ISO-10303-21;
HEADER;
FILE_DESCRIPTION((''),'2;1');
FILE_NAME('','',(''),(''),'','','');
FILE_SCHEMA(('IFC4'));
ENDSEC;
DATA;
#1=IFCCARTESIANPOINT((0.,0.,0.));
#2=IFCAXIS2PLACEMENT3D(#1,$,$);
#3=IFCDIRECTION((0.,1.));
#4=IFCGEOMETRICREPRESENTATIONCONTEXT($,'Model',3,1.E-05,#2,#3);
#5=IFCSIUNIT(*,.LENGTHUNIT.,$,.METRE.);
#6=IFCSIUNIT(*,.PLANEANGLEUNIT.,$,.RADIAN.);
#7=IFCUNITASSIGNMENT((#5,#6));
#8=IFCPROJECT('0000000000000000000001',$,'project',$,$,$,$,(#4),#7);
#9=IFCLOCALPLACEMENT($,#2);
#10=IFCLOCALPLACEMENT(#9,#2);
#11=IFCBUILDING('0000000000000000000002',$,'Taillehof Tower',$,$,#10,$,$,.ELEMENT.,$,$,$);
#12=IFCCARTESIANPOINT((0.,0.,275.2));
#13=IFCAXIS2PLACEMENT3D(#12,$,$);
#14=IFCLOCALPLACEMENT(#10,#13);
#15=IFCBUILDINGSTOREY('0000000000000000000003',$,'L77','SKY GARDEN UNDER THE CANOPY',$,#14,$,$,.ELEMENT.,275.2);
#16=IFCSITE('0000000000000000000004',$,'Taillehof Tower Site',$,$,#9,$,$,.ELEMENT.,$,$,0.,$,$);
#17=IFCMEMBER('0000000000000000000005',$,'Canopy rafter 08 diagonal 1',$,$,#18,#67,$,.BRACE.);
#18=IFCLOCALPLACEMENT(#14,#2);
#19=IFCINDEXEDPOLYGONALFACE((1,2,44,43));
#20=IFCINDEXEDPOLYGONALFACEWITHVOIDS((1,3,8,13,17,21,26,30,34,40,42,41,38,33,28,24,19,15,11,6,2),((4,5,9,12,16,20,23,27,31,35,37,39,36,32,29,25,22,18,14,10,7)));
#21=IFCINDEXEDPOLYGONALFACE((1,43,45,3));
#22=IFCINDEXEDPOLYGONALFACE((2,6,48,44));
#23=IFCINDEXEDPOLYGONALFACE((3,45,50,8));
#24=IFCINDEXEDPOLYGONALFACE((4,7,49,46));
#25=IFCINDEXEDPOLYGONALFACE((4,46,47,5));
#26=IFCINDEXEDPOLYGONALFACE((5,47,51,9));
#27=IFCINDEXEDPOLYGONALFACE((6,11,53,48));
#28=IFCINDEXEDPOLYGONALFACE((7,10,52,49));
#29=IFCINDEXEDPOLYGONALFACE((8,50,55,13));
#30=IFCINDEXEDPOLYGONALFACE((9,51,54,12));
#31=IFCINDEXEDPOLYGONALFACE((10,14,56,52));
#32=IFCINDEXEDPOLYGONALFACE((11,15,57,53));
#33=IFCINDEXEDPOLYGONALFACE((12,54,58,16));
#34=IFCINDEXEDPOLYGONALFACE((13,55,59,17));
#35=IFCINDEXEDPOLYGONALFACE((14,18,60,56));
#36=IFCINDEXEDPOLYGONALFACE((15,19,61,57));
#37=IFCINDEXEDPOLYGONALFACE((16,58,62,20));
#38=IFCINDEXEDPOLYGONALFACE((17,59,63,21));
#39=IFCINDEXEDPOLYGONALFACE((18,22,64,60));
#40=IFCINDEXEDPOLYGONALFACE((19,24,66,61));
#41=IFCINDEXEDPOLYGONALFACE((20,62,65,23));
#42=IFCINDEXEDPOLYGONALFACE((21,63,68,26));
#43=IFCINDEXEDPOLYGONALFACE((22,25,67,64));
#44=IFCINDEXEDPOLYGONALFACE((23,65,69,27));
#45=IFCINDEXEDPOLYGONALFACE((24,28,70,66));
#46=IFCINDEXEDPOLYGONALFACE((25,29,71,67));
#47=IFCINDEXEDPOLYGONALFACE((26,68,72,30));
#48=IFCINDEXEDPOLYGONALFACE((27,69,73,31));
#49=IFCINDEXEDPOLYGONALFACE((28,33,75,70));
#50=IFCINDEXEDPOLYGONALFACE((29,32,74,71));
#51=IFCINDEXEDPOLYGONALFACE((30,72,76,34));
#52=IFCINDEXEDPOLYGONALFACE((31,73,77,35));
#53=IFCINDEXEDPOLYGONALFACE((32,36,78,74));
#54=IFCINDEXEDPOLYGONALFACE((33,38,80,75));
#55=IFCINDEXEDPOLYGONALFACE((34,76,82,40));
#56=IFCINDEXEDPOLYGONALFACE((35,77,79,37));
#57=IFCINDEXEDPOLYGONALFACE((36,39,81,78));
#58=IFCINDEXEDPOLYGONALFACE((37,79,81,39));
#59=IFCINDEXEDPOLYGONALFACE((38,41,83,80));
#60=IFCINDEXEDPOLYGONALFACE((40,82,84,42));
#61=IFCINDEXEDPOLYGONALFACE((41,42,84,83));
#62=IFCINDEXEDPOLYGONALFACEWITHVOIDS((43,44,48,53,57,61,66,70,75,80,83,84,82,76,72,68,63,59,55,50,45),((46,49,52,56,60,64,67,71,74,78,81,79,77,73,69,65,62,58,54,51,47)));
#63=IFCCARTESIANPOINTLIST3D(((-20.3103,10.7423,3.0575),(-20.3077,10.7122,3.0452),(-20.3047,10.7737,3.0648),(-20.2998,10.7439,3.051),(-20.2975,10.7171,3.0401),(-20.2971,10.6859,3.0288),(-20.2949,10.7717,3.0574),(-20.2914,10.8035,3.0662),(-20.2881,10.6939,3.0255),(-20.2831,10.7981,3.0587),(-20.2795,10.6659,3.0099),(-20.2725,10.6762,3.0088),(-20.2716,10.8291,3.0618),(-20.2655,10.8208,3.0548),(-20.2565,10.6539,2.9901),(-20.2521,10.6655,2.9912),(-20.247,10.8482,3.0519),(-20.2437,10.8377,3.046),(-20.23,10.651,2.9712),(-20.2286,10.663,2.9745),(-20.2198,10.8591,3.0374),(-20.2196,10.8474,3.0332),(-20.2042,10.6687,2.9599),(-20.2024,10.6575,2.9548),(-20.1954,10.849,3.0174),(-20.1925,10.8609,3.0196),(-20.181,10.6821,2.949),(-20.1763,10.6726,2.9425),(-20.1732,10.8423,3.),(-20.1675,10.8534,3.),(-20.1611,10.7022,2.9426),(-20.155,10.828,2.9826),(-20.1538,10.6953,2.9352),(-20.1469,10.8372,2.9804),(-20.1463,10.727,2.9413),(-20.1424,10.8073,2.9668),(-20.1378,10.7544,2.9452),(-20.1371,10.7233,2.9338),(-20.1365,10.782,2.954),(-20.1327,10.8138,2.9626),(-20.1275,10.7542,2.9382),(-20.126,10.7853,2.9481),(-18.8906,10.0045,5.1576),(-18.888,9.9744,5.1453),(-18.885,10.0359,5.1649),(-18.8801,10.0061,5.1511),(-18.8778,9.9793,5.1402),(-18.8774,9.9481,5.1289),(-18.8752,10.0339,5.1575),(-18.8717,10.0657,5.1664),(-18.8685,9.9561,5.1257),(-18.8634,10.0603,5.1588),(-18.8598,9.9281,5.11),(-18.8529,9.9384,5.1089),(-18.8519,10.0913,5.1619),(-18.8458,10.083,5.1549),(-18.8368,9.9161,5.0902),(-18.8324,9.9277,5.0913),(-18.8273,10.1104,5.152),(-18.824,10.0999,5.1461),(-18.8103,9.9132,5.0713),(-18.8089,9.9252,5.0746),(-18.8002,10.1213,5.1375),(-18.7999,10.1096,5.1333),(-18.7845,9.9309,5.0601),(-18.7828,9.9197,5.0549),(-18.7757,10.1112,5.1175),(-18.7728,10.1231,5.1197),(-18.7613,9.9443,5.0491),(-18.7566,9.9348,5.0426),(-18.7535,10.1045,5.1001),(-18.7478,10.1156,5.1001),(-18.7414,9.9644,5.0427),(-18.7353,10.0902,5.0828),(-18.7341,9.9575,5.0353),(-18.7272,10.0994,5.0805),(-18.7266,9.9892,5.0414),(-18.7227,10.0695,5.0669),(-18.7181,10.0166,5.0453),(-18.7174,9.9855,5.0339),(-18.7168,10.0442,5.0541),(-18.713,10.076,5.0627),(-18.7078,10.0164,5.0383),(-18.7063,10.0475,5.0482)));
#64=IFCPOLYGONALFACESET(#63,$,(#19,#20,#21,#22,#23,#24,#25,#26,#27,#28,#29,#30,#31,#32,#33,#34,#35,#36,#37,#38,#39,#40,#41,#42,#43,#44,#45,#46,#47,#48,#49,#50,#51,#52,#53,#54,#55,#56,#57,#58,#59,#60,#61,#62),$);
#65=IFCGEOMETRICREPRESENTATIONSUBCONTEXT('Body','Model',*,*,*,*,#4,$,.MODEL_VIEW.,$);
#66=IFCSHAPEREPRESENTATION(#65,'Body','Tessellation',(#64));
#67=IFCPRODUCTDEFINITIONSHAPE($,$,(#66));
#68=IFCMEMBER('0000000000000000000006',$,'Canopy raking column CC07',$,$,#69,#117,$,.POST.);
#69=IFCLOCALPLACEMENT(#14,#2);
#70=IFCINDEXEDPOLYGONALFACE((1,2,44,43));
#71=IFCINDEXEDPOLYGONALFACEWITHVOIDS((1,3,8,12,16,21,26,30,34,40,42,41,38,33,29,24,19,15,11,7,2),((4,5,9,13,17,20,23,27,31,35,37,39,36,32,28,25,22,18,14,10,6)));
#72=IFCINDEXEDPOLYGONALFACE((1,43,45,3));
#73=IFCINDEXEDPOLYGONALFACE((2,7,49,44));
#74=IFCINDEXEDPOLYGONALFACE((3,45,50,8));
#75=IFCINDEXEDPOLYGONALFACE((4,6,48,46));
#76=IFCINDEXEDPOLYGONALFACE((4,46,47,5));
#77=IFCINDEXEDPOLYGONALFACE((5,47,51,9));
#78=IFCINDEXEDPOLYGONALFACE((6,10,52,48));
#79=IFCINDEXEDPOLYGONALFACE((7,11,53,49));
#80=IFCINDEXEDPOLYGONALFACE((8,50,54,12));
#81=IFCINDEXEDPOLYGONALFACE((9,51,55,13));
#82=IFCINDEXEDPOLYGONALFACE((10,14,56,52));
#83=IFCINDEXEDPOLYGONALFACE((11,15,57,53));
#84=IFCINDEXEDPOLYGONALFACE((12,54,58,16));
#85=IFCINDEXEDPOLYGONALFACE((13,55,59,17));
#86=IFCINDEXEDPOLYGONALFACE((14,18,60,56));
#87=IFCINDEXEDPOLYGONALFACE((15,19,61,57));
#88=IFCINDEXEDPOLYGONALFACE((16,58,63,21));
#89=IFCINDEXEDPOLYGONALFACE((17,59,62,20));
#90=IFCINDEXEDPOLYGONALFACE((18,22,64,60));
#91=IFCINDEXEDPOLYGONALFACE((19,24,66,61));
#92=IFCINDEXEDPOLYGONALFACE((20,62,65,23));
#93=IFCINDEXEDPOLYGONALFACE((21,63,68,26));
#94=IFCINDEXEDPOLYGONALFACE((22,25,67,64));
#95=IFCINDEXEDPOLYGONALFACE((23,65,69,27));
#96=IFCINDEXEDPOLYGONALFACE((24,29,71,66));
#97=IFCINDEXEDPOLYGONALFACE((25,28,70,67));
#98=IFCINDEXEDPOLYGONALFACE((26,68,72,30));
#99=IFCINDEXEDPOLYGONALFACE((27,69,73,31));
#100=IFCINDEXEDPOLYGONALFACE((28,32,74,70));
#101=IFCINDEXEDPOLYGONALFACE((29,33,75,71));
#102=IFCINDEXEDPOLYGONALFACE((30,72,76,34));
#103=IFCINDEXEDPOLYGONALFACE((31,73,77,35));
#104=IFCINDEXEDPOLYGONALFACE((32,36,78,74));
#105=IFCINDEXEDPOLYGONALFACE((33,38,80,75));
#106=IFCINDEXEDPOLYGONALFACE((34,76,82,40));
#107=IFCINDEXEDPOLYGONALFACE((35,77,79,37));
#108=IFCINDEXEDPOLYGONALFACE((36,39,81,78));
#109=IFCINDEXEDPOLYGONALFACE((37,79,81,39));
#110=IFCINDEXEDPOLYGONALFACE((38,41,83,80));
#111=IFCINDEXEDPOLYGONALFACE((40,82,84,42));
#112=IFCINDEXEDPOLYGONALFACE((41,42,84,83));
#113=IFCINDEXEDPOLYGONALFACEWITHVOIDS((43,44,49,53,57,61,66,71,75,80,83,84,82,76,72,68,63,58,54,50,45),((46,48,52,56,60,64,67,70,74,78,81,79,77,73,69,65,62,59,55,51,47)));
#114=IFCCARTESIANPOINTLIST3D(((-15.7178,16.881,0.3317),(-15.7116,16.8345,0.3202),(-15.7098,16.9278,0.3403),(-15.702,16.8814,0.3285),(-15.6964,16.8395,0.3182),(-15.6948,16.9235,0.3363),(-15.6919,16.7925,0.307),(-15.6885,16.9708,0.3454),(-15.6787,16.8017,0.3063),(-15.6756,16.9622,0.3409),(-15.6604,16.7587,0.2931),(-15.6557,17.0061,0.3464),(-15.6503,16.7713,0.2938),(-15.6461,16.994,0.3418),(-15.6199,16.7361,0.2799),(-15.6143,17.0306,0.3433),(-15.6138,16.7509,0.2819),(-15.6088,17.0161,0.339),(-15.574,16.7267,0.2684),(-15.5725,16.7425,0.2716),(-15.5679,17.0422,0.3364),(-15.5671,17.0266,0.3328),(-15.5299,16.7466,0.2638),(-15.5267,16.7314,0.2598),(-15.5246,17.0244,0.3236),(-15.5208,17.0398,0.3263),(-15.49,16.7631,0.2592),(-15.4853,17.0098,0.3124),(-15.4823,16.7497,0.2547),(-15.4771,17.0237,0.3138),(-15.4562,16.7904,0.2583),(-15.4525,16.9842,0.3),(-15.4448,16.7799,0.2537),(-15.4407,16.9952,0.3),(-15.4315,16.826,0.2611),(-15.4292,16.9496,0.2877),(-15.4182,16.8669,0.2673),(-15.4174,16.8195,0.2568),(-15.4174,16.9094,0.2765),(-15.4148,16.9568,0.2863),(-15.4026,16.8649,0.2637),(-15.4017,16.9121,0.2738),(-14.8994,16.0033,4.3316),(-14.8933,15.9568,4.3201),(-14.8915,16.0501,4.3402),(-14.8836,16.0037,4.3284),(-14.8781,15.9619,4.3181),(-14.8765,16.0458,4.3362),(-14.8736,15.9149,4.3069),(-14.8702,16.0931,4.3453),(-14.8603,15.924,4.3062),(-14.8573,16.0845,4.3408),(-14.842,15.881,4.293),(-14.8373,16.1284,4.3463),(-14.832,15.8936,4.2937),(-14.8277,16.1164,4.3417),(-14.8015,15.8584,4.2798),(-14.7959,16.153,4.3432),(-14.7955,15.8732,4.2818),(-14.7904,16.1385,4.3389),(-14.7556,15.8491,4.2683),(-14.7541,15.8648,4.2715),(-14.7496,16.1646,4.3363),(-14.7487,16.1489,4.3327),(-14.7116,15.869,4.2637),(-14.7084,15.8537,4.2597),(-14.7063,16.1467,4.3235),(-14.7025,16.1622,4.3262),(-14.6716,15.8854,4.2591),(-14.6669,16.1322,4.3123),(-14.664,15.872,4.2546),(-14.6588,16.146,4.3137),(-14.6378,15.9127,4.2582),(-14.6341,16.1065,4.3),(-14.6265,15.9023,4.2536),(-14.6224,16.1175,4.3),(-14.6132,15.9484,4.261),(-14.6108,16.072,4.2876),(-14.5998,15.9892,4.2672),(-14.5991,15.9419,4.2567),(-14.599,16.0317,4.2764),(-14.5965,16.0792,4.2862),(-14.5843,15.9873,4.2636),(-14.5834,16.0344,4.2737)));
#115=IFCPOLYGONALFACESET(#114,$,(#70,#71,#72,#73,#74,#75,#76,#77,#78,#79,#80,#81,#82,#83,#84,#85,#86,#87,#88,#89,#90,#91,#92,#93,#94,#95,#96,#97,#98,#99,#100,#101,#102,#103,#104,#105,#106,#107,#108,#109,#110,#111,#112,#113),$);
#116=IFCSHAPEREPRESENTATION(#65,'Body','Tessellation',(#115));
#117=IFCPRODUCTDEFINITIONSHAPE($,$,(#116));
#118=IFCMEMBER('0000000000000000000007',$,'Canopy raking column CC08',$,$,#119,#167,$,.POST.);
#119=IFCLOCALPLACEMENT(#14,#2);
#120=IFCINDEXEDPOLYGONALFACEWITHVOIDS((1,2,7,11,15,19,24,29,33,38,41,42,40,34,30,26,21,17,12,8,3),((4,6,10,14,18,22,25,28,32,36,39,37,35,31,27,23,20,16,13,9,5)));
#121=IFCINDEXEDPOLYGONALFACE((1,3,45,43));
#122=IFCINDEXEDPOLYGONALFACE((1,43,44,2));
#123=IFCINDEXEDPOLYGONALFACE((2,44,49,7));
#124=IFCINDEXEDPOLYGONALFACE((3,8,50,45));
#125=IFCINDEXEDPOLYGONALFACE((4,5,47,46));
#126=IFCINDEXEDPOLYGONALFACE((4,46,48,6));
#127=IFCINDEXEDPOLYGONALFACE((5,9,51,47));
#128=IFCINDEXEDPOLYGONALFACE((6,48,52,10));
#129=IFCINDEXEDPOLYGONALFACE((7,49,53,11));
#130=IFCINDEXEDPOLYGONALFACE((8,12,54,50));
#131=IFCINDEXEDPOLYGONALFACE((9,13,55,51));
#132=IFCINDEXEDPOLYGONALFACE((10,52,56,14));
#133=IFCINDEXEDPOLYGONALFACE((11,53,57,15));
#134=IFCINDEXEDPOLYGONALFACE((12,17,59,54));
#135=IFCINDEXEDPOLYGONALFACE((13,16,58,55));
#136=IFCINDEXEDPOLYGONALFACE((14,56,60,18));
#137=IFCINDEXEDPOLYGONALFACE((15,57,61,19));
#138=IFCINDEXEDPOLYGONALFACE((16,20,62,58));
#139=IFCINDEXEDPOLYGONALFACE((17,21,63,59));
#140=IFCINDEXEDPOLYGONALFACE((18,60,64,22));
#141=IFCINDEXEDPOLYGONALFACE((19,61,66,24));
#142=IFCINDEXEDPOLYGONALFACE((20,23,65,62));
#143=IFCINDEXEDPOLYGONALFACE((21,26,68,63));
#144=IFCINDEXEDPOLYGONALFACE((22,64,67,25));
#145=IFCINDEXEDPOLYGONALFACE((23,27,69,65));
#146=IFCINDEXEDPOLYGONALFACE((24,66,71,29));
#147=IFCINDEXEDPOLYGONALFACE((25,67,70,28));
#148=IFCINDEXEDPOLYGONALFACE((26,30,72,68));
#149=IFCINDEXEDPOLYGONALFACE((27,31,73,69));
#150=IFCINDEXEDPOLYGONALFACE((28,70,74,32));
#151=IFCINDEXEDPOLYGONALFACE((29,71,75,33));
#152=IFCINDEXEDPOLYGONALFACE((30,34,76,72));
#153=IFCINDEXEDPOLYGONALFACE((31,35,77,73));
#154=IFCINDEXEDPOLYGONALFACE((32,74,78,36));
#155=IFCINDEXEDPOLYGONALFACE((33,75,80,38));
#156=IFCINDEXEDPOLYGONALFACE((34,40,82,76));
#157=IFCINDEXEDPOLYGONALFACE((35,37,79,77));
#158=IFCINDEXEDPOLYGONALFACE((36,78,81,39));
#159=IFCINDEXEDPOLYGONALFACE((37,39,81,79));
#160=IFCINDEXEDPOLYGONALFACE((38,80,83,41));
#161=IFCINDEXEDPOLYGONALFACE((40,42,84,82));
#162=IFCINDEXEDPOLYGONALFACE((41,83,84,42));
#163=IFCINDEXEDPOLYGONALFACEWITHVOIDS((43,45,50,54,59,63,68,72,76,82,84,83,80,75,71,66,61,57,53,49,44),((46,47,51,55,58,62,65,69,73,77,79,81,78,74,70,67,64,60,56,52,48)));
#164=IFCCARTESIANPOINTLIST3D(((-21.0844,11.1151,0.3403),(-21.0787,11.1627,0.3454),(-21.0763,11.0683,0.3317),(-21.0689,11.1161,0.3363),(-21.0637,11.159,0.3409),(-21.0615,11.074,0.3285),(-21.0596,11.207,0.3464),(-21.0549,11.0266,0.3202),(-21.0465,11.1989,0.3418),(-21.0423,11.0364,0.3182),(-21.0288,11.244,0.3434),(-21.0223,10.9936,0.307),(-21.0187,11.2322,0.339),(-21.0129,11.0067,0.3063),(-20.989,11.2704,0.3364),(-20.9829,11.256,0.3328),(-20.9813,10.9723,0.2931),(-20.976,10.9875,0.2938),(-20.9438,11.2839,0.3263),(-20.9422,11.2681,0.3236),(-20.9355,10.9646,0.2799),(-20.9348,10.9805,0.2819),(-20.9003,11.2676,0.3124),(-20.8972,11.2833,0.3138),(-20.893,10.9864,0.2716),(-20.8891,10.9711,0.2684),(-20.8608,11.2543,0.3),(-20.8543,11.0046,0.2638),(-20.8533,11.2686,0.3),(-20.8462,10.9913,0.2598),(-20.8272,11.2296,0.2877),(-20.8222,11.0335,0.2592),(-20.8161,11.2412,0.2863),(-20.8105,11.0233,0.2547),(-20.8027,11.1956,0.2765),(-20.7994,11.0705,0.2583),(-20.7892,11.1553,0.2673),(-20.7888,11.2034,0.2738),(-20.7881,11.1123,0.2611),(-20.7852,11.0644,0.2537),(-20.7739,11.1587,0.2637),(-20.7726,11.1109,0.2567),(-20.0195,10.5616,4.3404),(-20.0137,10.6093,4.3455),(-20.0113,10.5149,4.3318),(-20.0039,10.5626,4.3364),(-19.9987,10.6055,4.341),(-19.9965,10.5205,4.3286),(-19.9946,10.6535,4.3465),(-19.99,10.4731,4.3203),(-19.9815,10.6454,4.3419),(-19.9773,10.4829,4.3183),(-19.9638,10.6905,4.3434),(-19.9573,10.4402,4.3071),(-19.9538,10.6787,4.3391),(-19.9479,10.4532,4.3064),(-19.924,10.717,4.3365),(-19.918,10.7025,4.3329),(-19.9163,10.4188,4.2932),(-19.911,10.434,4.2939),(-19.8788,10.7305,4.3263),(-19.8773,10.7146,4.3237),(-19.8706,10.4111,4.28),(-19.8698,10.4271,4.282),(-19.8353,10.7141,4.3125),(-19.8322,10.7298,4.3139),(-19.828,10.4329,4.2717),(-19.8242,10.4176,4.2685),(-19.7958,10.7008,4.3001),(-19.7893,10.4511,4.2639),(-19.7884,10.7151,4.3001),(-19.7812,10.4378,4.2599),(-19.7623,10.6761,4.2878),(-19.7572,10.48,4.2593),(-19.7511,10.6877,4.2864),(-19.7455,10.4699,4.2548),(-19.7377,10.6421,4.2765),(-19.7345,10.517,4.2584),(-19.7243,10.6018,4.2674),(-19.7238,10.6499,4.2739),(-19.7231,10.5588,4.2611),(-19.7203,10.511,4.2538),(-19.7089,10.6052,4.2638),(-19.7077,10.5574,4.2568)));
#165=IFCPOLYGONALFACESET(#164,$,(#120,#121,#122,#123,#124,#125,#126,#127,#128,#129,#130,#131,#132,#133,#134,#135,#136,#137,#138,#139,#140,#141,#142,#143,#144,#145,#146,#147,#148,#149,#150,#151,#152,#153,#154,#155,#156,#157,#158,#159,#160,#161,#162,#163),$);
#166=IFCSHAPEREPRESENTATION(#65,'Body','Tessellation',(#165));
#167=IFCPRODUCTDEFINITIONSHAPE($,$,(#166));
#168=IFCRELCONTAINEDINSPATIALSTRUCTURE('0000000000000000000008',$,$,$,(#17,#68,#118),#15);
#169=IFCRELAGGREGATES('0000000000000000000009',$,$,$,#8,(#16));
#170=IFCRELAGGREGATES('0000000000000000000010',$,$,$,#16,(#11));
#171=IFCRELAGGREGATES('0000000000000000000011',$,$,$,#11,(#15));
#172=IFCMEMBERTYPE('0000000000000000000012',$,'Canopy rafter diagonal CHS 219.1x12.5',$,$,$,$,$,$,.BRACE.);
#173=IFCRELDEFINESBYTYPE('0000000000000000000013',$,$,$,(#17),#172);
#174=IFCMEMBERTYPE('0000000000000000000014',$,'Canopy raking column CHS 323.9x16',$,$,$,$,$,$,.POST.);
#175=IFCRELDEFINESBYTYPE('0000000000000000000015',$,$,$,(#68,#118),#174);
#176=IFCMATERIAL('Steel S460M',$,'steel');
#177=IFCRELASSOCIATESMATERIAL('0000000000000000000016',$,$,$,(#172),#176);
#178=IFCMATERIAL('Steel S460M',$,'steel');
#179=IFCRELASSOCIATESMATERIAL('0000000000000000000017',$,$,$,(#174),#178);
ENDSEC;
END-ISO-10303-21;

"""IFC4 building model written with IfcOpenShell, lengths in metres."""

from ifc_helpers import new_model, si_unit, direction, frame, origin, origin_2d, place, context, subcontext, project, spatial, hollow_circle, extrude, material, material_profile, profile_set, type_object, element, save


model = new_model("IFC4")

# Units and contexts
model_context = context("Model", 3, precision=1e-05, world=origin(), true_north=direction((0.0, 1.0)))
body_context = subcontext(model_context, "Body", "Model", "MODEL_VIEW")
ifc_project = project(units=[si_unit("LENGTHUNIT", "METRE"), si_unit("PLANEANGLEUNIT", "RADIAN")], contexts=[model_context])

# Site, building, storey
site_placement = place(None, origin())
site = spatial("IfcSite", under=ifc_project, at=site_placement, Name="Taillehof Tower Site", CompositionType="ELEMENT", RefElevation=0.0)
building_placement = place(site_placement, origin())
building = spatial("IfcBuilding", under=site, at=building_placement, Name="Taillehof Tower", CompositionType="ELEMENT")
storey_placement = place(building_placement, frame((0.0, 0.0, 275.2)))
storey = spatial("IfcBuildingStorey", under=building, at=storey_placement, Name="L77", Description="SKY GARDEN UNDER THE CANOPY", CompositionType="ELEMENT", Elevation=275.2)

# Members
ifc_material_1 = material(Name="Steel S460M", Category="steel")
ifc_material_profile_1 = material_profile(ifc_material_1, hollow_circle(Radius=0.1096, WallThickness=0.0125, at=origin_2d()), Name="CHS 219.1x12.5")
ifc_profile_set_1 = profile_set([ifc_material_profile_1], Name="Steel S460M")
member_type_1 = type_object("IfcMemberType", Name="Canopy rafter diagonal CHS 219.1x12.5", PredefinedType="BRACE", material=ifc_profile_set_1)
for number, where, z_axis, x_axis, name in (
    (1, (-20.218, 10.7561, 3.0), (0.537732, -0.279454, 0.795455), (0.461137, 0.887329, 0.0), "Canopy rafter 08 diagonal 1"),
):
    element("IfcMember", number, at=place(storey_placement, frame(where, z_axis=z_axis, x_axis=x_axis)), inside=storey, type_object=member_type_1, Name=name, PredefinedType="BRACE", context=body_context, shape_type="SweptSolid", body=[
        extrude(hollow_circle(Radius=0.1096, WallThickness=0.0125, at=origin_2d()), origin(), (0.0, 0.0, 1.0), 2.6401),
    ])
ifc_material_2 = material(Name="Steel S460M", Category="steel")
ifc_material_profile_2 = material_profile(ifc_material_2, hollow_circle(Radius=0.1619, WallThickness=0.0161, at=origin_2d()), Name="CHS 323.9x16")
ifc_profile_set_2 = profile_set([ifc_material_profile_2], Name="Steel S460M")
member_type_2 = type_object("IfcMemberType", Name="Canopy raking column CHS 323.9x16", PredefinedType="POST", material=ifc_profile_set_2)
member_1_placement = place(storey_placement, frame((-15.5591, 16.8848, 0.3), z_axis=(0.195961, -0.210167, 0.957825), x_axis=(0.731393, 0.681956, 0.0)))
element("IfcMember", 2, at=member_1_placement, inside=storey, type_object=member_type_2, Name="Canopy raking column CC07", PredefinedType="POST", context=body_context, shape_type="SweptSolid", body=[
    extrude(hollow_circle(Radius=0.1619, WallThickness=0.0161, at=origin_2d()), origin(), (0.0, 0.0, 1.0), 4.176),
])
member_2_placement = place(storey_placement, frame((-20.928, 11.125, 0.3), z_axis=(0.255004, -0.13253, 0.957815), x_axis=(0.461154, 0.88732, 0.0)))
element("IfcMember", 3, at=member_2_placement, inside=storey, type_object=member_type_2, Name="Canopy raking column CC08", PredefinedType="POST", context=body_context, shape_type="SweptSolid", body=[
    extrude(hollow_circle(Radius=0.1619, WallThickness=0.0161, at=origin_2d()), origin(), (0.0, 0.0, 1.0), 4.1763),
])

save(model, "model.ifc")
